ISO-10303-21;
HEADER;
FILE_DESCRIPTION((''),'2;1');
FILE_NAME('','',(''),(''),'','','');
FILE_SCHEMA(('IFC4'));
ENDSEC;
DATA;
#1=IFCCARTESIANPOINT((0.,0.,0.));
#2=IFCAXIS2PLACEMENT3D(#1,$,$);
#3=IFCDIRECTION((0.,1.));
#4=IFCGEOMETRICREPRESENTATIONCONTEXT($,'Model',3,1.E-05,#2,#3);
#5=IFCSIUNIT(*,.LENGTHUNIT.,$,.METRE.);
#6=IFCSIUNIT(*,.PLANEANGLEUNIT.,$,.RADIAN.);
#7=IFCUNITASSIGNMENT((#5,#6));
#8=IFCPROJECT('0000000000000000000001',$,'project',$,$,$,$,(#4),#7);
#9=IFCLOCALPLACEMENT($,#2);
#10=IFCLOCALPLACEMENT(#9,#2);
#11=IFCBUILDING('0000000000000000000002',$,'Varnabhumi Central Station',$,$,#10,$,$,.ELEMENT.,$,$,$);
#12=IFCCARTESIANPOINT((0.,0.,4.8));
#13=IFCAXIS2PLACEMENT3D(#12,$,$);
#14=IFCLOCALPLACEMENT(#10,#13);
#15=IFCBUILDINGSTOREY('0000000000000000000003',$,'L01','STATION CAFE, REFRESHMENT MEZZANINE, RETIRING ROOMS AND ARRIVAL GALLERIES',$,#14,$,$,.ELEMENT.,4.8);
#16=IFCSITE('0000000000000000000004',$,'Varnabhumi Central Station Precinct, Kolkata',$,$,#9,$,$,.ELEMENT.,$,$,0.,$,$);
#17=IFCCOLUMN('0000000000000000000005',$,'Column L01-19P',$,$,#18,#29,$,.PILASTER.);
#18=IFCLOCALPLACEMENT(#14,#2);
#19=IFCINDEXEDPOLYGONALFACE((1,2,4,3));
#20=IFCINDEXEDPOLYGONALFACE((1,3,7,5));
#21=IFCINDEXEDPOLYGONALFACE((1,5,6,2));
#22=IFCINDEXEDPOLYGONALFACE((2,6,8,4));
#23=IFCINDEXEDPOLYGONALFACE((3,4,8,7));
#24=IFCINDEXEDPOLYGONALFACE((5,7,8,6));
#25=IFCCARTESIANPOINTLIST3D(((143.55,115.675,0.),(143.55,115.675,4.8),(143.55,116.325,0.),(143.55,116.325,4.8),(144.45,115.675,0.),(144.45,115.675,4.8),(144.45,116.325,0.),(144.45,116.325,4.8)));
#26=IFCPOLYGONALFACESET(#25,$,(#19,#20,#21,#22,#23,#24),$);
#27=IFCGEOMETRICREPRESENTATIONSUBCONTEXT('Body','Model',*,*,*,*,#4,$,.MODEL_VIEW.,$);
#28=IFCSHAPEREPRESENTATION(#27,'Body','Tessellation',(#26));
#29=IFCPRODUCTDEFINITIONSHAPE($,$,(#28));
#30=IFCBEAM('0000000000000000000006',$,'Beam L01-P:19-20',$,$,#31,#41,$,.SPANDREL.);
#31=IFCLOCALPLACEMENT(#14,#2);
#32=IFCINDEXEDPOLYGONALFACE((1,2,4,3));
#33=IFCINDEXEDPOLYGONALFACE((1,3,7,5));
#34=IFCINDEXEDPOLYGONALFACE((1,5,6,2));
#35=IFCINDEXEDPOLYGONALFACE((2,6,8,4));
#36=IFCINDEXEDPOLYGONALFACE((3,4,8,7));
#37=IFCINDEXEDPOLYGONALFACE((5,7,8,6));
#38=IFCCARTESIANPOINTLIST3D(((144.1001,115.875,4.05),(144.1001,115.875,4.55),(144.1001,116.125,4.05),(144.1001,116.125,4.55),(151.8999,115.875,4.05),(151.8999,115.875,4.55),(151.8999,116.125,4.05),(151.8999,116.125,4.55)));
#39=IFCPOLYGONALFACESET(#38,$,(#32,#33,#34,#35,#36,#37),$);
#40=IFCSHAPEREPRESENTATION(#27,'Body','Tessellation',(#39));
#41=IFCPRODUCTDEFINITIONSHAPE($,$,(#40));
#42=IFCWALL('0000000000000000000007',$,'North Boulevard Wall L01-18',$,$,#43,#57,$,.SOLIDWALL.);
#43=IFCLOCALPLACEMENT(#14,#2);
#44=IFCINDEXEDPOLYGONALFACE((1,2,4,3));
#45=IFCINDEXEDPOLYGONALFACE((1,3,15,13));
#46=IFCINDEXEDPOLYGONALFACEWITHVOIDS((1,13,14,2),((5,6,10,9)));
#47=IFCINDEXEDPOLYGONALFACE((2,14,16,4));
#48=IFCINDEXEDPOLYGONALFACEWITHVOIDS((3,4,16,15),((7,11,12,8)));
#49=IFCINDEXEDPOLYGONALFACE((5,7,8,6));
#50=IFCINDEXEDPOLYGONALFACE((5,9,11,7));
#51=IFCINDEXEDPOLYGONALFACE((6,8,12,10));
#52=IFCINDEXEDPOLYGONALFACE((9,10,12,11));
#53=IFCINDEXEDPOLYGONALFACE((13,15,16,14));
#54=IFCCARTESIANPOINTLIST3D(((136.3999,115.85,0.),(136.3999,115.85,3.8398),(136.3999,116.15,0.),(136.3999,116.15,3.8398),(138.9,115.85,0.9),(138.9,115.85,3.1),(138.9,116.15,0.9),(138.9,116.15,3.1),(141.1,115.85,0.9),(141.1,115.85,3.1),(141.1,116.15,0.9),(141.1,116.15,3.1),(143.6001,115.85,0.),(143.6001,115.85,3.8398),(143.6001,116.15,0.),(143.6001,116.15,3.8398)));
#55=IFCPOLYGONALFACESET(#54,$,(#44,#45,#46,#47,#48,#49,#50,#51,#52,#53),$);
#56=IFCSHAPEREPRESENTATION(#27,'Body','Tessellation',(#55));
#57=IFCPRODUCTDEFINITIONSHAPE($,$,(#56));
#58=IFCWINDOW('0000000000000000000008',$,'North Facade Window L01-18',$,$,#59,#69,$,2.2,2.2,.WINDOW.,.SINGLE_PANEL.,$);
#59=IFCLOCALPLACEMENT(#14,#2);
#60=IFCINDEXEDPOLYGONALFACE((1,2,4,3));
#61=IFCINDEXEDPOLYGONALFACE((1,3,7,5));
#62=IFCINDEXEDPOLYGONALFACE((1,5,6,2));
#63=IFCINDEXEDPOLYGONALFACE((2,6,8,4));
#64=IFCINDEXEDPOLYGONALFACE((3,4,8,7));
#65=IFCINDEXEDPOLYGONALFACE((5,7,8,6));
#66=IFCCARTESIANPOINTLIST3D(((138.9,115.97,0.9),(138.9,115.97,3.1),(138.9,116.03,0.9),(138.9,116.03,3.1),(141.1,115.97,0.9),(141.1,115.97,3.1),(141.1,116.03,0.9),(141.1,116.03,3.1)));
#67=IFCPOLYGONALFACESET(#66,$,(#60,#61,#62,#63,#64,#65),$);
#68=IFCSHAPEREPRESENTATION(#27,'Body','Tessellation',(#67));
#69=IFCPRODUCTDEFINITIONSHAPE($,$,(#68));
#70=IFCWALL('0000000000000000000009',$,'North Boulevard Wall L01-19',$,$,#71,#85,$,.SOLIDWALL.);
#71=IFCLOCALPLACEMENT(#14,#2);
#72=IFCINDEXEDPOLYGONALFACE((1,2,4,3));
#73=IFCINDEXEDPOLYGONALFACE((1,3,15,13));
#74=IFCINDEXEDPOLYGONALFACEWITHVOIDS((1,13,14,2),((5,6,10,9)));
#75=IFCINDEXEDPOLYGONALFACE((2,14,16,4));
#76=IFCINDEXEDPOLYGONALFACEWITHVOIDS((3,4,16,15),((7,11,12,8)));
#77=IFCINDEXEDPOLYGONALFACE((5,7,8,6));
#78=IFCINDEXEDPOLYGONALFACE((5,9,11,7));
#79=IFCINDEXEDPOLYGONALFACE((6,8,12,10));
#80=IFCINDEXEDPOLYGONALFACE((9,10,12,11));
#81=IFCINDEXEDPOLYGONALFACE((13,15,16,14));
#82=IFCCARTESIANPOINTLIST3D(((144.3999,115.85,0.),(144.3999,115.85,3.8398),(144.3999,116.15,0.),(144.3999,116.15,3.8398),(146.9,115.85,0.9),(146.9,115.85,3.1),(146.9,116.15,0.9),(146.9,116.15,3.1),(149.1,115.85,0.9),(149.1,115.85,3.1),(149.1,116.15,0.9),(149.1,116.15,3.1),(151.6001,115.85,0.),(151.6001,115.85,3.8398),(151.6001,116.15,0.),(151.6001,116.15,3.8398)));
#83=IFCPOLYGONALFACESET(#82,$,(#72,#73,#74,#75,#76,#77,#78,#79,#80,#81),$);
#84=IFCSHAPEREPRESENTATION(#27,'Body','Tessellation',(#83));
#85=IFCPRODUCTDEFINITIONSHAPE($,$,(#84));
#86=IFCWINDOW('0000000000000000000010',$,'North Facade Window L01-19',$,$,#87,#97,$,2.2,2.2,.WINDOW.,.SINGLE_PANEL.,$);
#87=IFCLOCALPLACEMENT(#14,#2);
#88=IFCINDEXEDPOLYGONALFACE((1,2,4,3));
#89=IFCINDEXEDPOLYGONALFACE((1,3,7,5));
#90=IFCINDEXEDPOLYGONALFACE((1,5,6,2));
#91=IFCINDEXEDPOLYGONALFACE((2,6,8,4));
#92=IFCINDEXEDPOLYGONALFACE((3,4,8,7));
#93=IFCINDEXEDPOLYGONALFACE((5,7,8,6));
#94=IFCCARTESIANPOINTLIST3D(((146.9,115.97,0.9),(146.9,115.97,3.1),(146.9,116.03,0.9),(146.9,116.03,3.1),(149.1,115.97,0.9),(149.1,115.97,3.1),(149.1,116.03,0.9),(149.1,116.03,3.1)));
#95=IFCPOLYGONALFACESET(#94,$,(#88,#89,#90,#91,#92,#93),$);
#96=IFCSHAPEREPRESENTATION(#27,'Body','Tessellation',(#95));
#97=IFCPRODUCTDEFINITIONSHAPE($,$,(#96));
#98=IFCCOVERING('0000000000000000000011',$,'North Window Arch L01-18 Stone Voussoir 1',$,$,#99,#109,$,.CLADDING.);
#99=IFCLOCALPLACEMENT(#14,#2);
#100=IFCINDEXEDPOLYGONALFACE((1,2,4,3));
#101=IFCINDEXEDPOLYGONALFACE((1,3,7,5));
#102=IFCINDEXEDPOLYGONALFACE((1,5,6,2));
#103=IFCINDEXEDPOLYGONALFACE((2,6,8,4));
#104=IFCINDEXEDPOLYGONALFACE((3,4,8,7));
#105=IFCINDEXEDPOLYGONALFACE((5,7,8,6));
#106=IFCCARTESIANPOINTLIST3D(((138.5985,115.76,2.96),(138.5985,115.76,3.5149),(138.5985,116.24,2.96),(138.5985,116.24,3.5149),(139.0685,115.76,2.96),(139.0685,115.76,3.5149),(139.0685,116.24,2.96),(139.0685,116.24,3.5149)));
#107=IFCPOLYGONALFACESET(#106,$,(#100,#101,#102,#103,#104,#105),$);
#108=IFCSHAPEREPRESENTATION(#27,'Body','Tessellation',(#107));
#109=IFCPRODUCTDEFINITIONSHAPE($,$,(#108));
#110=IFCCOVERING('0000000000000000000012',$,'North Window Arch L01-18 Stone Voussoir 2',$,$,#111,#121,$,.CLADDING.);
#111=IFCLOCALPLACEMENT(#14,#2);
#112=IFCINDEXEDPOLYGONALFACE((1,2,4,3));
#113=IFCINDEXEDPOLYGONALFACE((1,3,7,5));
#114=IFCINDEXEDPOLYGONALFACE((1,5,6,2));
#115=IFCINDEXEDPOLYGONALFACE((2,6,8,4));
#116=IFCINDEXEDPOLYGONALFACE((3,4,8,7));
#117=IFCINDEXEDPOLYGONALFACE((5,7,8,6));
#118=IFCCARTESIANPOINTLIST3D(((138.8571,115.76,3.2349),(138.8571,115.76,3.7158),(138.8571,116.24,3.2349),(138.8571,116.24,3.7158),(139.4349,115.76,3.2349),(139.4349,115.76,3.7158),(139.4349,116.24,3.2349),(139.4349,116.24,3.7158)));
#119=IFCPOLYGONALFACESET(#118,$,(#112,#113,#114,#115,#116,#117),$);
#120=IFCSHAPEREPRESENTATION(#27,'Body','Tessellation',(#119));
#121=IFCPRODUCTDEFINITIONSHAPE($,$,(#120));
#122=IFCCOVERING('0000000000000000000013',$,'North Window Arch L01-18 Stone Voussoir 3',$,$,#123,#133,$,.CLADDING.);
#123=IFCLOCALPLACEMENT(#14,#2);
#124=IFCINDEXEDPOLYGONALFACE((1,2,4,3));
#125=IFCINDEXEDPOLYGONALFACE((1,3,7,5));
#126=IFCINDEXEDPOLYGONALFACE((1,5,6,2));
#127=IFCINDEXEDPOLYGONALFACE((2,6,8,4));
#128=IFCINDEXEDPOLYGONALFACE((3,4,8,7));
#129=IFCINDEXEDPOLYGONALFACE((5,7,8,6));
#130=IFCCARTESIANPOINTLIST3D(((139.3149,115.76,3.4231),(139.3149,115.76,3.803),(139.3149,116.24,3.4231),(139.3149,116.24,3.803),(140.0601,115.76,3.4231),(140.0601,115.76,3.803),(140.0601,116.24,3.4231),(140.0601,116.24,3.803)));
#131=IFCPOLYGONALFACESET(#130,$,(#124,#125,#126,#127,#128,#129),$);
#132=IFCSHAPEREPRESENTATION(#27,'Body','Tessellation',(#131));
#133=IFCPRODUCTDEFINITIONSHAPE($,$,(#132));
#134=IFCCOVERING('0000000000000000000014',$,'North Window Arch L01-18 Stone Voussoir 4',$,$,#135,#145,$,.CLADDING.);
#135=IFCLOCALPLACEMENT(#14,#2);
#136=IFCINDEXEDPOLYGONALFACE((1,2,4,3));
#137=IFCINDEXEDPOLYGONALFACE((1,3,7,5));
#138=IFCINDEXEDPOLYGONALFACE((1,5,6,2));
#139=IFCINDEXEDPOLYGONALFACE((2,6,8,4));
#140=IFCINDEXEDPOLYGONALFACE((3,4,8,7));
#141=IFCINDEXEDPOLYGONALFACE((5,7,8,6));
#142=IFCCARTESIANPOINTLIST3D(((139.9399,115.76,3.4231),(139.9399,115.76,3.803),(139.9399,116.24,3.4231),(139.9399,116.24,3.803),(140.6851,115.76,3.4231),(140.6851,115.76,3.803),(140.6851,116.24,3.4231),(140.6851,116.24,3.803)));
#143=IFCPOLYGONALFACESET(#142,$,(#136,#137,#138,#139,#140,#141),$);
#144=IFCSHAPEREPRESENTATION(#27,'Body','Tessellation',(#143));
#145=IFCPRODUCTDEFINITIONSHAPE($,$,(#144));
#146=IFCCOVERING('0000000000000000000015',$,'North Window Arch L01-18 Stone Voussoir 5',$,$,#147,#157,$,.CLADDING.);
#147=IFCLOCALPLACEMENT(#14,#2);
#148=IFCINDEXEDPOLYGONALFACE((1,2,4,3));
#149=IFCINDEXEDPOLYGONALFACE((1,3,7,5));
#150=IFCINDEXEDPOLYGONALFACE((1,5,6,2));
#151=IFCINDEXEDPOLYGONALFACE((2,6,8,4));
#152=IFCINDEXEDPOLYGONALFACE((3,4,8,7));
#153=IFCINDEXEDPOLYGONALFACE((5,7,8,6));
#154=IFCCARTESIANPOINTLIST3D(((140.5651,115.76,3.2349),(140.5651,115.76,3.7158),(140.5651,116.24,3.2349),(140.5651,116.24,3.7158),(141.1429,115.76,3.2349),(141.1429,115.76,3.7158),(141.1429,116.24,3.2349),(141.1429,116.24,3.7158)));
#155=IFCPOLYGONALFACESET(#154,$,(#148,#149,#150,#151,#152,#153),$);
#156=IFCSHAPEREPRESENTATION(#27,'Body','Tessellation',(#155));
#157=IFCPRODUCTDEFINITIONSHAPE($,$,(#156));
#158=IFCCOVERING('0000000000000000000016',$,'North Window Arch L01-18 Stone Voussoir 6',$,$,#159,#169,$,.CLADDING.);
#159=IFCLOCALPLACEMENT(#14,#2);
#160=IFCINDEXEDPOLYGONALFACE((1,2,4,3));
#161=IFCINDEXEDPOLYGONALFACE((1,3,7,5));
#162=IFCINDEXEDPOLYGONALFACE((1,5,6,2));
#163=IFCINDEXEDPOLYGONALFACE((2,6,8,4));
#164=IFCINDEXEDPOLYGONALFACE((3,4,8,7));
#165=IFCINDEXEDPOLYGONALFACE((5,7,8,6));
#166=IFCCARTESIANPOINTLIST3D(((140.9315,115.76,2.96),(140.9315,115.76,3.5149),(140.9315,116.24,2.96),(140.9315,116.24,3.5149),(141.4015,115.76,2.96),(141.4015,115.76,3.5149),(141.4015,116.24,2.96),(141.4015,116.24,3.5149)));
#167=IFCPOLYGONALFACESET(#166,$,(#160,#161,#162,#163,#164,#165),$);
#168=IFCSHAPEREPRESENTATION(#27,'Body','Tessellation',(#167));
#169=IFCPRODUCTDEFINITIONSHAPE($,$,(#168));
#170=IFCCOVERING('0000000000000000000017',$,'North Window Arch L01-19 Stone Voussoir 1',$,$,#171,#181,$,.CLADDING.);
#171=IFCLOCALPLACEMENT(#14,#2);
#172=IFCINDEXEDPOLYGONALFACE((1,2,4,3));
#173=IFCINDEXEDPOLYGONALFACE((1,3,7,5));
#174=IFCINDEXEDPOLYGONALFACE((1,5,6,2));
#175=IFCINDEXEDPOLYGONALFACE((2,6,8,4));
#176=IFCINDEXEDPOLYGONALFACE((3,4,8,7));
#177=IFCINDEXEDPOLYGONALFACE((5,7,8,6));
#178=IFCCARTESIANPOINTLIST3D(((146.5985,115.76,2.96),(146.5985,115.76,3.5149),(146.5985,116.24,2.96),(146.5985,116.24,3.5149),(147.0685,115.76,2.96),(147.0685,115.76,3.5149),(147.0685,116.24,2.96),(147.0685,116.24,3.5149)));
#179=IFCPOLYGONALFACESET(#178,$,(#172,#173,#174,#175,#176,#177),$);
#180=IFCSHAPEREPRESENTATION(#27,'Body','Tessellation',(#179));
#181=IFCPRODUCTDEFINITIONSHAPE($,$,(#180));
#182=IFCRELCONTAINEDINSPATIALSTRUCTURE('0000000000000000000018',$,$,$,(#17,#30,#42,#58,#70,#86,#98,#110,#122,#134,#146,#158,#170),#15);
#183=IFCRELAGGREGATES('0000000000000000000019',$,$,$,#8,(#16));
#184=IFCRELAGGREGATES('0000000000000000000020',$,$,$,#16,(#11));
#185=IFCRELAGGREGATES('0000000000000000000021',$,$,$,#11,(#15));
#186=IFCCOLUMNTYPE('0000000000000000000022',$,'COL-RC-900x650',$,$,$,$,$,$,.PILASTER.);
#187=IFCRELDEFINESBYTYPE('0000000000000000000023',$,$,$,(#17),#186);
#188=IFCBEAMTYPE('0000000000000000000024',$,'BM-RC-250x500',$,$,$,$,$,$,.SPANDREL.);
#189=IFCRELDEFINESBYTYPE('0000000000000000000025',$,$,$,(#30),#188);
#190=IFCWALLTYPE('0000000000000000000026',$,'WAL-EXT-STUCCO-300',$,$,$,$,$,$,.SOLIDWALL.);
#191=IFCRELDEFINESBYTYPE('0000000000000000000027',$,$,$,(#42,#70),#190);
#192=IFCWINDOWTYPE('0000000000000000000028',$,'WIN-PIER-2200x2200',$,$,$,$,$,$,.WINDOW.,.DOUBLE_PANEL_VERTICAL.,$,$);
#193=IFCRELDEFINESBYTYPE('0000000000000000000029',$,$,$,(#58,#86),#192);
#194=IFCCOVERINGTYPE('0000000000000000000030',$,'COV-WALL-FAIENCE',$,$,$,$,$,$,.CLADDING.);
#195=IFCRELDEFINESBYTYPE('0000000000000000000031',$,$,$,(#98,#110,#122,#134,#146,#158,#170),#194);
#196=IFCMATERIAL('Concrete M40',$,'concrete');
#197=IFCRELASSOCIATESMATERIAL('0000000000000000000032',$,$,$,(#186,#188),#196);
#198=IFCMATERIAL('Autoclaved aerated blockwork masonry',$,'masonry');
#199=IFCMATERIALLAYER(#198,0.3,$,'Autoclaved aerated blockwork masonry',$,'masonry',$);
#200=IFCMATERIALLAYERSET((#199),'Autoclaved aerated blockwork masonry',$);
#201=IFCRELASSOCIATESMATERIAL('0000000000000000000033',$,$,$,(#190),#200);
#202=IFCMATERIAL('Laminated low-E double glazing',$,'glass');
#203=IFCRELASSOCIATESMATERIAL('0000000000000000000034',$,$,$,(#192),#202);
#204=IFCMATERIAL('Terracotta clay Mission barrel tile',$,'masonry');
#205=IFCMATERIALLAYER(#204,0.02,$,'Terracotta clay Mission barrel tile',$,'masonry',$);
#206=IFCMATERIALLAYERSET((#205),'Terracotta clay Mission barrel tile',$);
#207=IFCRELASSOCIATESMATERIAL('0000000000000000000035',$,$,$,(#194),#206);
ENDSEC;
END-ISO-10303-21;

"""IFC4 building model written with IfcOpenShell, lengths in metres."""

from ifc_helpers import new_model, si_unit, direction, frame, frame_2d, origin, origin_2d, place, context, subcontext, project, spatial, rectangle, extrude, material, layer, layer_set, material_profile, profile_set, type_object, element, fill, save


model = new_model("IFC4")

# Units and contexts
model_context = context("Model", 3, precision=1e-05, world=origin(), true_north=direction((0.0, 1.0)))
body_context = subcontext(model_context, "Body", "Model", "MODEL_VIEW")
ifc_project = project(units=[si_unit("LENGTHUNIT", "METRE"), si_unit("PLANEANGLEUNIT", "RADIAN")], contexts=[model_context])

# Site, building, storey
site_placement = place(None, origin())
site = spatial("IfcSite", under=ifc_project, at=site_placement, Name="Varnabhumi Central Station Precinct, Kolkata", CompositionType="ELEMENT", RefElevation=0.0)
building_placement = place(site_placement, origin())
building = spatial("IfcBuilding", under=site, at=building_placement, Name="Varnabhumi Central Station", CompositionType="ELEMENT")
storey_placement = place(building_placement, frame((0.0, 0.0, 4.8)))
storey = spatial("IfcBuildingStorey", under=building, at=storey_placement, Name="L01", Description="STATION CAFE, REFRESHMENT MEZZANINE, RETIRING ROOMS AND ARRIVAL GALLERIES", CompositionType="ELEMENT", Elevation=4.8)

# Column
ifc_material_1 = material(Name="Concrete M40", Category="concrete")
ifc_material_profile_1 = material_profile(ifc_material_1, rectangle(XDim=0.8999, YDim=0.6499, at=origin_2d()), Name="Concrete M40", Category="concrete")
ifc_profile_set_1 = profile_set([ifc_material_profile_1], Name="Concrete M40")
column_type = type_object("IfcColumnType", Name="COL-RC-900x650", PredefinedType="PILASTER", material=ifc_profile_set_1)
column_placement = place(storey_placement, frame((144.0, 116.0, 0.0), z_axis=(0.0, 0.0, 1.0), x_axis=(1.0, 0.0, 0.0)))
element("IfcColumn", 1, at=column_placement, inside=storey, type_object=column_type, Name="Column L01-19P", PredefinedType="PILASTER", context=body_context, shape_type="SweptSolid", body=[
    extrude(rectangle(XDim=0.8999, YDim=0.6499, at=origin_2d()), origin(), (0.0, 0.0, 1.0), 4.8),
])

# Beam
ifc_material_profile_2 = material_profile(ifc_material_1, rectangle(XDim=0.25, YDim=0.5, at=origin_2d()), Name="Concrete M40", Category="concrete")
ifc_profile_set_2 = profile_set([ifc_material_profile_2], Name="Concrete M40")
beam_type = type_object("IfcBeamType", Name="BM-RC-250x500", PredefinedType="SPANDREL", material=ifc_profile_set_2)
beam_placement = place(storey_placement, frame((144.1001, 116.0, 4.3), z_axis=(1.0, 0.0, 0.0), x_axis=(0.0, 1.0, 0.0)))
element("IfcBeam", 2, at=beam_placement, inside=storey, type_object=beam_type, Name="Beam L01-P:19-20", PredefinedType="SPANDREL", context=body_context, shape_type="SweptSolid", body=[
    extrude(rectangle(XDim=0.25, YDim=0.5, at=origin_2d()), origin(), (0.0, 0.0, 1.0), 7.7998),
])

# Walls, openings, windows
ifc_material_2 = material(Name="Autoclaved aerated blockwork masonry", Category="masonry")
ifc_layer_1 = layer(ifc_material_2, 0.3, Name="Autoclaved aerated blockwork masonry", Category="masonry")
ifc_layer_set_1 = layer_set([ifc_layer_1], Name="Autoclaved aerated blockwork masonry")
wall_type = type_object("IfcWallType", Name="WAL-EXT-STUCCO-300", PredefinedType="SOLIDWALL", material=ifc_layer_set_1)
wall_1_placement = place(storey_placement, frame((136.3999, 116.0, 0.0), z_axis=(0.0, 0.0, 1.0), x_axis=(1.0, 0.0, 0.0)))
wall_1 = element("IfcWall", 3, at=wall_1_placement, inside=storey, type_object=wall_type, Name="North Boulevard Wall L01-18", PredefinedType="SOLIDWALL", context=body_context, shape_type="SweptSolid", body=[
    extrude(rectangle(XDim=7.2002, YDim=0.3, at=frame_2d((3.6001, 0.0))), origin(), (0.0, 0.0, 1.0), 3.8398),
])
opening_1_placement = place(wall_1_placement, frame((2.5, 0.0, 0.8999)))
opening_1 = element("IfcOpeningElement", 4, at=opening_1_placement, cuts=wall_1, PredefinedType="OPENING", context=body_context, shape_type="SweptSolid", body=[
    extrude(rectangle(XDim=2.2, YDim=2.2, at=frame_2d((1.1001, 1.1001))), frame((0.0, 0.1599, 0.0), z_axis=(0.0, -1.0, 0.0), x_axis=(1.0, 0.0, 0.0)), (0.0, 0.0, 1.0), 0.3201),
])
ifc_material_3 = material(Name="Laminated low-E double glazing", Category="glass")
window_type = type_object("IfcWindowType", Name="WIN-PIER-2200x2200", PartitioningType="DOUBLE_PANEL_VERTICAL", PredefinedType="WINDOW", material=ifc_material_3)
window_1_placement = place(opening_1_placement, origin())
window_1 = element("IfcWindow", 5, at=window_1_placement, inside=storey, type_object=window_type, Name="North Facade Window L01-18", OverallHeight=2.2, OverallWidth=2.2, PartitioningType="SINGLE_PANEL", PredefinedType="WINDOW", context=body_context, shape_type="SweptSolid", body=[
    extrude(rectangle(XDim=2.2, YDim=2.2, at=frame_2d((1.1001, 1.1001))), frame((0.0, 0.03, 0.0), z_axis=(0.0, -1.0, 0.0), x_axis=(1.0, 0.0, 0.0)), (0.0, 0.0, 1.0), 0.0601),
])
fill(opening_1, window_1)
wall_2_placement = place(storey_placement, frame((144.3999, 116.0, 0.0), z_axis=(0.0, 0.0, 1.0), x_axis=(1.0, 0.0, 0.0)))
wall_2 = element("IfcWall", 6, at=wall_2_placement, inside=storey, type_object=wall_type, Name="North Boulevard Wall L01-19", PredefinedType="SOLIDWALL", context=body_context, shape_type="SweptSolid", body=[
    extrude(rectangle(XDim=7.2002, YDim=0.3, at=frame_2d((3.6001, 0.0))), origin(), (0.0, 0.0, 1.0), 3.8398),
])
opening_2_placement = place(wall_2_placement, frame((2.5, 0.0, 0.8999)))
opening_2 = element("IfcOpeningElement", 7, at=opening_2_placement, cuts=wall_2, PredefinedType="OPENING", context=body_context, shape_type="SweptSolid", body=[
    extrude(rectangle(XDim=2.2, YDim=2.2, at=frame_2d((1.1001, 1.1001))), frame((0.0, 0.1599, 0.0), z_axis=(0.0, -1.0, 0.0), x_axis=(1.0, 0.0, 0.0)), (0.0, 0.0, 1.0), 0.3201),
])
window_2_placement = place(opening_2_placement, origin())
window_2 = element("IfcWindow", 8, at=window_2_placement, inside=storey, type_object=window_type, Name="North Facade Window L01-19", OverallHeight=2.2, OverallWidth=2.2, PartitioningType="SINGLE_PANEL", PredefinedType="WINDOW", context=body_context, shape_type="SweptSolid", body=[
    extrude(rectangle(XDim=2.2, YDim=2.2, at=frame_2d((1.1001, 1.1001))), frame((0.0, 0.03, 0.0), z_axis=(0.0, -1.0, 0.0), x_axis=(1.0, 0.0, 0.0)), (0.0, 0.0, 1.0), 0.0601),
])
fill(opening_2, window_2)

# Coverings
ifc_material_4 = material(Name="Terracotta clay Mission barrel tile", Category="masonry")
ifc_layer_2 = layer(ifc_material_4, 0.02, Name="Terracotta clay Mission barrel tile", Category="masonry")
ifc_layer_set_2 = layer_set([ifc_layer_2], Name="Terracotta clay Mission barrel tile")
covering_type = type_object("IfcCoveringType", Name="COV-WALL-FAIENCE", PredefinedType="CLADDING", material=ifc_layer_set_2)
covering_1_placement = place(storey_placement, frame((138.8335, 116.0, 2.96), z_axis=(0.0, 0.0, 1.0), x_axis=(1.0, 0.0, 0.0)))
element("IfcCovering", 9, at=covering_1_placement, inside=storey, type_object=covering_type, Name="North Window Arch L01-18 Stone Voussoir 1", PredefinedType="CLADDING", context=body_context, shape_type="SweptSolid", body=[
    extrude(rectangle(XDim=0.47, YDim=0.48, at=origin_2d()), origin(), (0.0, 0.0, 1.0), 0.5549),
])
covering_2_placement = place(storey_placement, frame((139.146, 116.0, 3.2349), z_axis=(0.0, 0.0, 1.0), x_axis=(1.0, 0.0, 0.0)))
element("IfcCovering", 10, at=covering_2_placement, inside=storey, type_object=covering_type, Name="North Window Arch L01-18 Stone Voussoir 2", PredefinedType="CLADDING", context=body_context, shape_type="SweptSolid", body=[
    extrude(rectangle(XDim=0.5779, YDim=0.48, at=origin_2d()), origin(), (0.0, 0.0, 1.0), 0.481),
])
for number, where, z_axis, x_axis, name in (
    (11, (139.6875, 116.0, 3.4231), (0.0, 0.0, 1.0), (1.0, 0.0, 0.0), "North Window Arch L01-18 Stone Voussoir 3"),
    (12, (140.3125, 116.0, 3.4231), (0.0, 0.0, 1.0), (1.0, 0.0, 0.0), "North Window Arch L01-18 Stone Voussoir 4"),
):
    element("IfcCovering", number, at=place(storey_placement, frame(where, z_axis=z_axis, x_axis=x_axis)), inside=storey, type_object=covering_type, Name=name, PredefinedType="CLADDING", context=body_context, shape_type="SweptSolid", body=[
        extrude(rectangle(XDim=0.7451, YDim=0.48, at=origin_2d()), origin(), (0.0, 0.0, 1.0), 0.3799),
    ])
covering_3_placement = place(storey_placement, frame((140.854, 116.0, 3.2349), z_axis=(0.0, 0.0, 1.0), x_axis=(1.0, 0.0, 0.0)))
element("IfcCovering", 13, at=covering_3_placement, inside=storey, type_object=covering_type, Name="North Window Arch L01-18 Stone Voussoir 5", PredefinedType="CLADDING", context=body_context, shape_type="SweptSolid", body=[
    extrude(rectangle(XDim=0.5779, YDim=0.48, at=origin_2d()), origin(), (0.0, 0.0, 1.0), 0.481),
])
for number, where, z_axis, x_axis, name in (
    (14, (141.1665, 116.0, 2.96), (0.0, 0.0, 1.0), (1.0, 0.0, 0.0), "North Window Arch L01-18 Stone Voussoir 6"),
    (15, (146.8335, 116.0, 2.96), (0.0, 0.0, 1.0), (1.0, 0.0, 0.0), "North Window Arch L01-19 Stone Voussoir 1"),
):
    element("IfcCovering", number, at=place(storey_placement, frame(where, z_axis=z_axis, x_axis=x_axis)), inside=storey, type_object=covering_type, Name=name, PredefinedType="CLADDING", context=body_context, shape_type="SweptSolid", body=[
        extrude(rectangle(XDim=0.47, YDim=0.48, at=origin_2d()), origin(), (0.0, 0.0, 1.0), 0.5549),
    ])

save(model, "model.ifc")
